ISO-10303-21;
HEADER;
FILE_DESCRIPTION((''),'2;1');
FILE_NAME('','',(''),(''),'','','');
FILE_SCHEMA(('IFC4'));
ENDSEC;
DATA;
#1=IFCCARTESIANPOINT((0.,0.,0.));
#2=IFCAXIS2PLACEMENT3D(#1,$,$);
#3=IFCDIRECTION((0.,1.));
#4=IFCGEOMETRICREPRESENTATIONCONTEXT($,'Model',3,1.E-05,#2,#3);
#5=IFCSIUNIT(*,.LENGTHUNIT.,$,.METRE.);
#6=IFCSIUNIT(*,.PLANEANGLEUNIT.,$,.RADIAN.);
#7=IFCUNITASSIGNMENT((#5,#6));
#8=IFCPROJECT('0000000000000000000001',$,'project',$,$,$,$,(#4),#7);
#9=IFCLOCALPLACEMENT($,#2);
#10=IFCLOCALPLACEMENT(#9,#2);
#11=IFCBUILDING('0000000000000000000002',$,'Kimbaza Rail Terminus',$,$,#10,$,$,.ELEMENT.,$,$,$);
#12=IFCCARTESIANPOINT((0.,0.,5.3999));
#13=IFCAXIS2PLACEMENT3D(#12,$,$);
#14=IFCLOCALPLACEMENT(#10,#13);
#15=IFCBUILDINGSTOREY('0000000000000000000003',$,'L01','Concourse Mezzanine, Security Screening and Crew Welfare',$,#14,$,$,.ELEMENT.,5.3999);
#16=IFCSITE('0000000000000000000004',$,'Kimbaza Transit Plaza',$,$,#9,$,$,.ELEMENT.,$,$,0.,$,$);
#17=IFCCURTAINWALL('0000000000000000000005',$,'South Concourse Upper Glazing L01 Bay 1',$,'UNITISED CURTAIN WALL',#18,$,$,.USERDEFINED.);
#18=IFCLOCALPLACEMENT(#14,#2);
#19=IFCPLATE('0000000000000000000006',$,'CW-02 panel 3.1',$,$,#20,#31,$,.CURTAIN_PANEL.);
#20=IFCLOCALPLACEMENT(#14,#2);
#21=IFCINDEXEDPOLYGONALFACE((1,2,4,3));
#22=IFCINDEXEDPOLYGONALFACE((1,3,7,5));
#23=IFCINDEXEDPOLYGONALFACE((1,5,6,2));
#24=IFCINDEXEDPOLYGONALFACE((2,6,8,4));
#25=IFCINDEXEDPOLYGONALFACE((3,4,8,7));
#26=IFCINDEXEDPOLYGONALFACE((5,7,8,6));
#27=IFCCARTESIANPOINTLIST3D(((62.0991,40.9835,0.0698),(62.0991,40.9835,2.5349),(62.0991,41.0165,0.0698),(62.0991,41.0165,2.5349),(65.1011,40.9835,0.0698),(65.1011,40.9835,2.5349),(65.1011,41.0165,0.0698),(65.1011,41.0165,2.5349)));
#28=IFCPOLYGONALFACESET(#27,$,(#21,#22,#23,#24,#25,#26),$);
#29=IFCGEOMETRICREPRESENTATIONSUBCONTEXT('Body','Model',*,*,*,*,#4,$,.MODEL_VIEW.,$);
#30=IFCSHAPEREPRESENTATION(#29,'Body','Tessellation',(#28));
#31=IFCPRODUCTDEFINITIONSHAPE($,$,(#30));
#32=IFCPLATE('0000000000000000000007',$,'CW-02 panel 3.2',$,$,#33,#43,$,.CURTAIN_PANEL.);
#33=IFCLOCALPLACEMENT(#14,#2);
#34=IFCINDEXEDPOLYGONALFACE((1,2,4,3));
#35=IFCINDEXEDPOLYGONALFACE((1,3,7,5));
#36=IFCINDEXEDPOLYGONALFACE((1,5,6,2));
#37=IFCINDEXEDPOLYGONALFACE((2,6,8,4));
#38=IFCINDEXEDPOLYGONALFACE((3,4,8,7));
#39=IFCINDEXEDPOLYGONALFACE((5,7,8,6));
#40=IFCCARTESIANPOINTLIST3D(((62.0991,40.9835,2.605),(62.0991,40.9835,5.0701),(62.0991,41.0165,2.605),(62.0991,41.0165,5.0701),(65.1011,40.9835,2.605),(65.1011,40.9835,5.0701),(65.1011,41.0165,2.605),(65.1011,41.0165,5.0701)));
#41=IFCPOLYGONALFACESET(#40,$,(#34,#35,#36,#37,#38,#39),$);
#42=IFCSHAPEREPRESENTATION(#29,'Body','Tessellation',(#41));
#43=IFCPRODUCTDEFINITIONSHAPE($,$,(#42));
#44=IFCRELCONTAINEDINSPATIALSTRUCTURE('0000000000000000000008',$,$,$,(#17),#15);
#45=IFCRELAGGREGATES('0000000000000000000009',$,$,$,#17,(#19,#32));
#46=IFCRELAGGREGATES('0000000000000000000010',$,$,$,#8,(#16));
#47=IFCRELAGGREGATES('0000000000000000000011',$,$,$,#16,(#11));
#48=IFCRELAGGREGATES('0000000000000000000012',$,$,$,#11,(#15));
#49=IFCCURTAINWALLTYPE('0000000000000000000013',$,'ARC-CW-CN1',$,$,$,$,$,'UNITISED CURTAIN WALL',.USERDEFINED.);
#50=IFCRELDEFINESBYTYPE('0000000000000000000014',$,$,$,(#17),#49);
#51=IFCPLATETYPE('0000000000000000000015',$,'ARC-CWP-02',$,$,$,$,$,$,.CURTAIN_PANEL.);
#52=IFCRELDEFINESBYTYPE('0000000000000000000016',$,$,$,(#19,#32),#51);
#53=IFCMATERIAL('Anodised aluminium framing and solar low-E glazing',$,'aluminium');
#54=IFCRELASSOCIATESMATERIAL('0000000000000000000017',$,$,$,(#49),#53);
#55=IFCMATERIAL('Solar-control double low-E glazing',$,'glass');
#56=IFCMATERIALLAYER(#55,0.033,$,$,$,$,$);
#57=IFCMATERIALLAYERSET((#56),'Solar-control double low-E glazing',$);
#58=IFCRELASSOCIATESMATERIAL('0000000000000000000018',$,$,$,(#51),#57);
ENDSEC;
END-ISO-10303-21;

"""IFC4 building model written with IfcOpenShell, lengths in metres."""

from ifc_helpers import new_model, si_unit, direction, frame, origin, origin_2d, place, context, subcontext, project, spatial, rectangle, extrude, material, layer, layer_set, type_object, element, aggregate, save


model = new_model("IFC4")

# Units and contexts
model_context = context("Model", 3, precision=1e-05, world=origin(), true_north=direction((0.0, 1.0)))
body_context = subcontext(model_context, "Body", "Model", "MODEL_VIEW")
ifc_project = project(units=[si_unit("LENGTHUNIT", "METRE"), si_unit("PLANEANGLEUNIT", "RADIAN")], contexts=[model_context])

# Site, building, storey
site_placement = place(None, origin())
site = spatial("IfcSite", under=ifc_project, at=site_placement, Name="Kimbaza Transit Plaza", CompositionType="ELEMENT", RefElevation=0.0)
building_placement = place(site_placement, origin())
building = spatial("IfcBuilding", under=site, at=building_placement, Name="Kimbaza Rail Terminus", CompositionType="ELEMENT")
storey_placement = place(building_placement, frame((0.0, 0.0, 5.3999)))
storey = spatial("IfcBuildingStorey", under=building, at=storey_placement, Name="L01", Description="Concourse Mezzanine, Security Screening and Crew Welfare", CompositionType="ELEMENT", Elevation=5.3999)

# Curtain wall
ifc_material_1 = material(Name="Anodised aluminium framing and solar low-E glazing", Category="aluminium")
curtain_wall_type = type_object("IfcCurtainWallType", Name="ARC-CW-CN1", ElementType="UNITISED CURTAIN WALL", PredefinedType="USERDEFINED", material=ifc_material_1)
curtain_wall_placement = place(storey_placement, origin())
curtain_wall = element("IfcCurtainWall", 1, at=curtain_wall_placement, inside=storey, type_object=curtain_wall_type, Name="South Concourse Upper Glazing L01 Bay 1", ObjectType="UNITISED CURTAIN WALL", PredefinedType="USERDEFINED")

# Plates
ifc_material_2 = material(Name="Solar-control double low-E glazing", Category="glass")
ifc_layer = layer(ifc_material_2, 0.033)
ifc_layer_set = layer_set([ifc_layer], Name="Solar-control double low-E glazing")
plate_type = type_object("IfcPlateType", Name="ARC-CWP-02", PredefinedType="CURTAIN_PANEL", material=ifc_layer_set)
plate_1_placement = place(storey_placement, frame((63.6001, 41.0, 0.0698), z_axis=(0.0, 0.0, 1.0), x_axis=(1.0, 0.0, 0.0)))
plate_1 = element("IfcPlate", 2, at=plate_1_placement, type_object=plate_type, Name="CW-02 panel 3.1", PredefinedType="CURTAIN_PANEL", context=body_context, shape_type="SweptSolid", body=[
    extrude(rectangle(XDim=3.002, YDim=0.033, at=origin_2d()), origin(), (0.0, 0.0, 1.0), 2.4651),
])
plate_2_placement = place(storey_placement, frame((63.6001, 41.0, 2.605), z_axis=(0.0, 0.0, 1.0), x_axis=(1.0, 0.0, 0.0)))
plate_2 = element("IfcPlate", 3, at=plate_2_placement, type_object=plate_type, Name="CW-02 panel 3.2", PredefinedType="CURTAIN_PANEL", context=body_context, shape_type="SweptSolid", body=[
    extrude(rectangle(XDim=3.002, YDim=0.033, at=origin_2d()), origin(), (0.0, 0.0, 1.0), 2.4651),
])
aggregate(curtain_wall, [plate_1, plate_2])

save(model, "model.ifc")
